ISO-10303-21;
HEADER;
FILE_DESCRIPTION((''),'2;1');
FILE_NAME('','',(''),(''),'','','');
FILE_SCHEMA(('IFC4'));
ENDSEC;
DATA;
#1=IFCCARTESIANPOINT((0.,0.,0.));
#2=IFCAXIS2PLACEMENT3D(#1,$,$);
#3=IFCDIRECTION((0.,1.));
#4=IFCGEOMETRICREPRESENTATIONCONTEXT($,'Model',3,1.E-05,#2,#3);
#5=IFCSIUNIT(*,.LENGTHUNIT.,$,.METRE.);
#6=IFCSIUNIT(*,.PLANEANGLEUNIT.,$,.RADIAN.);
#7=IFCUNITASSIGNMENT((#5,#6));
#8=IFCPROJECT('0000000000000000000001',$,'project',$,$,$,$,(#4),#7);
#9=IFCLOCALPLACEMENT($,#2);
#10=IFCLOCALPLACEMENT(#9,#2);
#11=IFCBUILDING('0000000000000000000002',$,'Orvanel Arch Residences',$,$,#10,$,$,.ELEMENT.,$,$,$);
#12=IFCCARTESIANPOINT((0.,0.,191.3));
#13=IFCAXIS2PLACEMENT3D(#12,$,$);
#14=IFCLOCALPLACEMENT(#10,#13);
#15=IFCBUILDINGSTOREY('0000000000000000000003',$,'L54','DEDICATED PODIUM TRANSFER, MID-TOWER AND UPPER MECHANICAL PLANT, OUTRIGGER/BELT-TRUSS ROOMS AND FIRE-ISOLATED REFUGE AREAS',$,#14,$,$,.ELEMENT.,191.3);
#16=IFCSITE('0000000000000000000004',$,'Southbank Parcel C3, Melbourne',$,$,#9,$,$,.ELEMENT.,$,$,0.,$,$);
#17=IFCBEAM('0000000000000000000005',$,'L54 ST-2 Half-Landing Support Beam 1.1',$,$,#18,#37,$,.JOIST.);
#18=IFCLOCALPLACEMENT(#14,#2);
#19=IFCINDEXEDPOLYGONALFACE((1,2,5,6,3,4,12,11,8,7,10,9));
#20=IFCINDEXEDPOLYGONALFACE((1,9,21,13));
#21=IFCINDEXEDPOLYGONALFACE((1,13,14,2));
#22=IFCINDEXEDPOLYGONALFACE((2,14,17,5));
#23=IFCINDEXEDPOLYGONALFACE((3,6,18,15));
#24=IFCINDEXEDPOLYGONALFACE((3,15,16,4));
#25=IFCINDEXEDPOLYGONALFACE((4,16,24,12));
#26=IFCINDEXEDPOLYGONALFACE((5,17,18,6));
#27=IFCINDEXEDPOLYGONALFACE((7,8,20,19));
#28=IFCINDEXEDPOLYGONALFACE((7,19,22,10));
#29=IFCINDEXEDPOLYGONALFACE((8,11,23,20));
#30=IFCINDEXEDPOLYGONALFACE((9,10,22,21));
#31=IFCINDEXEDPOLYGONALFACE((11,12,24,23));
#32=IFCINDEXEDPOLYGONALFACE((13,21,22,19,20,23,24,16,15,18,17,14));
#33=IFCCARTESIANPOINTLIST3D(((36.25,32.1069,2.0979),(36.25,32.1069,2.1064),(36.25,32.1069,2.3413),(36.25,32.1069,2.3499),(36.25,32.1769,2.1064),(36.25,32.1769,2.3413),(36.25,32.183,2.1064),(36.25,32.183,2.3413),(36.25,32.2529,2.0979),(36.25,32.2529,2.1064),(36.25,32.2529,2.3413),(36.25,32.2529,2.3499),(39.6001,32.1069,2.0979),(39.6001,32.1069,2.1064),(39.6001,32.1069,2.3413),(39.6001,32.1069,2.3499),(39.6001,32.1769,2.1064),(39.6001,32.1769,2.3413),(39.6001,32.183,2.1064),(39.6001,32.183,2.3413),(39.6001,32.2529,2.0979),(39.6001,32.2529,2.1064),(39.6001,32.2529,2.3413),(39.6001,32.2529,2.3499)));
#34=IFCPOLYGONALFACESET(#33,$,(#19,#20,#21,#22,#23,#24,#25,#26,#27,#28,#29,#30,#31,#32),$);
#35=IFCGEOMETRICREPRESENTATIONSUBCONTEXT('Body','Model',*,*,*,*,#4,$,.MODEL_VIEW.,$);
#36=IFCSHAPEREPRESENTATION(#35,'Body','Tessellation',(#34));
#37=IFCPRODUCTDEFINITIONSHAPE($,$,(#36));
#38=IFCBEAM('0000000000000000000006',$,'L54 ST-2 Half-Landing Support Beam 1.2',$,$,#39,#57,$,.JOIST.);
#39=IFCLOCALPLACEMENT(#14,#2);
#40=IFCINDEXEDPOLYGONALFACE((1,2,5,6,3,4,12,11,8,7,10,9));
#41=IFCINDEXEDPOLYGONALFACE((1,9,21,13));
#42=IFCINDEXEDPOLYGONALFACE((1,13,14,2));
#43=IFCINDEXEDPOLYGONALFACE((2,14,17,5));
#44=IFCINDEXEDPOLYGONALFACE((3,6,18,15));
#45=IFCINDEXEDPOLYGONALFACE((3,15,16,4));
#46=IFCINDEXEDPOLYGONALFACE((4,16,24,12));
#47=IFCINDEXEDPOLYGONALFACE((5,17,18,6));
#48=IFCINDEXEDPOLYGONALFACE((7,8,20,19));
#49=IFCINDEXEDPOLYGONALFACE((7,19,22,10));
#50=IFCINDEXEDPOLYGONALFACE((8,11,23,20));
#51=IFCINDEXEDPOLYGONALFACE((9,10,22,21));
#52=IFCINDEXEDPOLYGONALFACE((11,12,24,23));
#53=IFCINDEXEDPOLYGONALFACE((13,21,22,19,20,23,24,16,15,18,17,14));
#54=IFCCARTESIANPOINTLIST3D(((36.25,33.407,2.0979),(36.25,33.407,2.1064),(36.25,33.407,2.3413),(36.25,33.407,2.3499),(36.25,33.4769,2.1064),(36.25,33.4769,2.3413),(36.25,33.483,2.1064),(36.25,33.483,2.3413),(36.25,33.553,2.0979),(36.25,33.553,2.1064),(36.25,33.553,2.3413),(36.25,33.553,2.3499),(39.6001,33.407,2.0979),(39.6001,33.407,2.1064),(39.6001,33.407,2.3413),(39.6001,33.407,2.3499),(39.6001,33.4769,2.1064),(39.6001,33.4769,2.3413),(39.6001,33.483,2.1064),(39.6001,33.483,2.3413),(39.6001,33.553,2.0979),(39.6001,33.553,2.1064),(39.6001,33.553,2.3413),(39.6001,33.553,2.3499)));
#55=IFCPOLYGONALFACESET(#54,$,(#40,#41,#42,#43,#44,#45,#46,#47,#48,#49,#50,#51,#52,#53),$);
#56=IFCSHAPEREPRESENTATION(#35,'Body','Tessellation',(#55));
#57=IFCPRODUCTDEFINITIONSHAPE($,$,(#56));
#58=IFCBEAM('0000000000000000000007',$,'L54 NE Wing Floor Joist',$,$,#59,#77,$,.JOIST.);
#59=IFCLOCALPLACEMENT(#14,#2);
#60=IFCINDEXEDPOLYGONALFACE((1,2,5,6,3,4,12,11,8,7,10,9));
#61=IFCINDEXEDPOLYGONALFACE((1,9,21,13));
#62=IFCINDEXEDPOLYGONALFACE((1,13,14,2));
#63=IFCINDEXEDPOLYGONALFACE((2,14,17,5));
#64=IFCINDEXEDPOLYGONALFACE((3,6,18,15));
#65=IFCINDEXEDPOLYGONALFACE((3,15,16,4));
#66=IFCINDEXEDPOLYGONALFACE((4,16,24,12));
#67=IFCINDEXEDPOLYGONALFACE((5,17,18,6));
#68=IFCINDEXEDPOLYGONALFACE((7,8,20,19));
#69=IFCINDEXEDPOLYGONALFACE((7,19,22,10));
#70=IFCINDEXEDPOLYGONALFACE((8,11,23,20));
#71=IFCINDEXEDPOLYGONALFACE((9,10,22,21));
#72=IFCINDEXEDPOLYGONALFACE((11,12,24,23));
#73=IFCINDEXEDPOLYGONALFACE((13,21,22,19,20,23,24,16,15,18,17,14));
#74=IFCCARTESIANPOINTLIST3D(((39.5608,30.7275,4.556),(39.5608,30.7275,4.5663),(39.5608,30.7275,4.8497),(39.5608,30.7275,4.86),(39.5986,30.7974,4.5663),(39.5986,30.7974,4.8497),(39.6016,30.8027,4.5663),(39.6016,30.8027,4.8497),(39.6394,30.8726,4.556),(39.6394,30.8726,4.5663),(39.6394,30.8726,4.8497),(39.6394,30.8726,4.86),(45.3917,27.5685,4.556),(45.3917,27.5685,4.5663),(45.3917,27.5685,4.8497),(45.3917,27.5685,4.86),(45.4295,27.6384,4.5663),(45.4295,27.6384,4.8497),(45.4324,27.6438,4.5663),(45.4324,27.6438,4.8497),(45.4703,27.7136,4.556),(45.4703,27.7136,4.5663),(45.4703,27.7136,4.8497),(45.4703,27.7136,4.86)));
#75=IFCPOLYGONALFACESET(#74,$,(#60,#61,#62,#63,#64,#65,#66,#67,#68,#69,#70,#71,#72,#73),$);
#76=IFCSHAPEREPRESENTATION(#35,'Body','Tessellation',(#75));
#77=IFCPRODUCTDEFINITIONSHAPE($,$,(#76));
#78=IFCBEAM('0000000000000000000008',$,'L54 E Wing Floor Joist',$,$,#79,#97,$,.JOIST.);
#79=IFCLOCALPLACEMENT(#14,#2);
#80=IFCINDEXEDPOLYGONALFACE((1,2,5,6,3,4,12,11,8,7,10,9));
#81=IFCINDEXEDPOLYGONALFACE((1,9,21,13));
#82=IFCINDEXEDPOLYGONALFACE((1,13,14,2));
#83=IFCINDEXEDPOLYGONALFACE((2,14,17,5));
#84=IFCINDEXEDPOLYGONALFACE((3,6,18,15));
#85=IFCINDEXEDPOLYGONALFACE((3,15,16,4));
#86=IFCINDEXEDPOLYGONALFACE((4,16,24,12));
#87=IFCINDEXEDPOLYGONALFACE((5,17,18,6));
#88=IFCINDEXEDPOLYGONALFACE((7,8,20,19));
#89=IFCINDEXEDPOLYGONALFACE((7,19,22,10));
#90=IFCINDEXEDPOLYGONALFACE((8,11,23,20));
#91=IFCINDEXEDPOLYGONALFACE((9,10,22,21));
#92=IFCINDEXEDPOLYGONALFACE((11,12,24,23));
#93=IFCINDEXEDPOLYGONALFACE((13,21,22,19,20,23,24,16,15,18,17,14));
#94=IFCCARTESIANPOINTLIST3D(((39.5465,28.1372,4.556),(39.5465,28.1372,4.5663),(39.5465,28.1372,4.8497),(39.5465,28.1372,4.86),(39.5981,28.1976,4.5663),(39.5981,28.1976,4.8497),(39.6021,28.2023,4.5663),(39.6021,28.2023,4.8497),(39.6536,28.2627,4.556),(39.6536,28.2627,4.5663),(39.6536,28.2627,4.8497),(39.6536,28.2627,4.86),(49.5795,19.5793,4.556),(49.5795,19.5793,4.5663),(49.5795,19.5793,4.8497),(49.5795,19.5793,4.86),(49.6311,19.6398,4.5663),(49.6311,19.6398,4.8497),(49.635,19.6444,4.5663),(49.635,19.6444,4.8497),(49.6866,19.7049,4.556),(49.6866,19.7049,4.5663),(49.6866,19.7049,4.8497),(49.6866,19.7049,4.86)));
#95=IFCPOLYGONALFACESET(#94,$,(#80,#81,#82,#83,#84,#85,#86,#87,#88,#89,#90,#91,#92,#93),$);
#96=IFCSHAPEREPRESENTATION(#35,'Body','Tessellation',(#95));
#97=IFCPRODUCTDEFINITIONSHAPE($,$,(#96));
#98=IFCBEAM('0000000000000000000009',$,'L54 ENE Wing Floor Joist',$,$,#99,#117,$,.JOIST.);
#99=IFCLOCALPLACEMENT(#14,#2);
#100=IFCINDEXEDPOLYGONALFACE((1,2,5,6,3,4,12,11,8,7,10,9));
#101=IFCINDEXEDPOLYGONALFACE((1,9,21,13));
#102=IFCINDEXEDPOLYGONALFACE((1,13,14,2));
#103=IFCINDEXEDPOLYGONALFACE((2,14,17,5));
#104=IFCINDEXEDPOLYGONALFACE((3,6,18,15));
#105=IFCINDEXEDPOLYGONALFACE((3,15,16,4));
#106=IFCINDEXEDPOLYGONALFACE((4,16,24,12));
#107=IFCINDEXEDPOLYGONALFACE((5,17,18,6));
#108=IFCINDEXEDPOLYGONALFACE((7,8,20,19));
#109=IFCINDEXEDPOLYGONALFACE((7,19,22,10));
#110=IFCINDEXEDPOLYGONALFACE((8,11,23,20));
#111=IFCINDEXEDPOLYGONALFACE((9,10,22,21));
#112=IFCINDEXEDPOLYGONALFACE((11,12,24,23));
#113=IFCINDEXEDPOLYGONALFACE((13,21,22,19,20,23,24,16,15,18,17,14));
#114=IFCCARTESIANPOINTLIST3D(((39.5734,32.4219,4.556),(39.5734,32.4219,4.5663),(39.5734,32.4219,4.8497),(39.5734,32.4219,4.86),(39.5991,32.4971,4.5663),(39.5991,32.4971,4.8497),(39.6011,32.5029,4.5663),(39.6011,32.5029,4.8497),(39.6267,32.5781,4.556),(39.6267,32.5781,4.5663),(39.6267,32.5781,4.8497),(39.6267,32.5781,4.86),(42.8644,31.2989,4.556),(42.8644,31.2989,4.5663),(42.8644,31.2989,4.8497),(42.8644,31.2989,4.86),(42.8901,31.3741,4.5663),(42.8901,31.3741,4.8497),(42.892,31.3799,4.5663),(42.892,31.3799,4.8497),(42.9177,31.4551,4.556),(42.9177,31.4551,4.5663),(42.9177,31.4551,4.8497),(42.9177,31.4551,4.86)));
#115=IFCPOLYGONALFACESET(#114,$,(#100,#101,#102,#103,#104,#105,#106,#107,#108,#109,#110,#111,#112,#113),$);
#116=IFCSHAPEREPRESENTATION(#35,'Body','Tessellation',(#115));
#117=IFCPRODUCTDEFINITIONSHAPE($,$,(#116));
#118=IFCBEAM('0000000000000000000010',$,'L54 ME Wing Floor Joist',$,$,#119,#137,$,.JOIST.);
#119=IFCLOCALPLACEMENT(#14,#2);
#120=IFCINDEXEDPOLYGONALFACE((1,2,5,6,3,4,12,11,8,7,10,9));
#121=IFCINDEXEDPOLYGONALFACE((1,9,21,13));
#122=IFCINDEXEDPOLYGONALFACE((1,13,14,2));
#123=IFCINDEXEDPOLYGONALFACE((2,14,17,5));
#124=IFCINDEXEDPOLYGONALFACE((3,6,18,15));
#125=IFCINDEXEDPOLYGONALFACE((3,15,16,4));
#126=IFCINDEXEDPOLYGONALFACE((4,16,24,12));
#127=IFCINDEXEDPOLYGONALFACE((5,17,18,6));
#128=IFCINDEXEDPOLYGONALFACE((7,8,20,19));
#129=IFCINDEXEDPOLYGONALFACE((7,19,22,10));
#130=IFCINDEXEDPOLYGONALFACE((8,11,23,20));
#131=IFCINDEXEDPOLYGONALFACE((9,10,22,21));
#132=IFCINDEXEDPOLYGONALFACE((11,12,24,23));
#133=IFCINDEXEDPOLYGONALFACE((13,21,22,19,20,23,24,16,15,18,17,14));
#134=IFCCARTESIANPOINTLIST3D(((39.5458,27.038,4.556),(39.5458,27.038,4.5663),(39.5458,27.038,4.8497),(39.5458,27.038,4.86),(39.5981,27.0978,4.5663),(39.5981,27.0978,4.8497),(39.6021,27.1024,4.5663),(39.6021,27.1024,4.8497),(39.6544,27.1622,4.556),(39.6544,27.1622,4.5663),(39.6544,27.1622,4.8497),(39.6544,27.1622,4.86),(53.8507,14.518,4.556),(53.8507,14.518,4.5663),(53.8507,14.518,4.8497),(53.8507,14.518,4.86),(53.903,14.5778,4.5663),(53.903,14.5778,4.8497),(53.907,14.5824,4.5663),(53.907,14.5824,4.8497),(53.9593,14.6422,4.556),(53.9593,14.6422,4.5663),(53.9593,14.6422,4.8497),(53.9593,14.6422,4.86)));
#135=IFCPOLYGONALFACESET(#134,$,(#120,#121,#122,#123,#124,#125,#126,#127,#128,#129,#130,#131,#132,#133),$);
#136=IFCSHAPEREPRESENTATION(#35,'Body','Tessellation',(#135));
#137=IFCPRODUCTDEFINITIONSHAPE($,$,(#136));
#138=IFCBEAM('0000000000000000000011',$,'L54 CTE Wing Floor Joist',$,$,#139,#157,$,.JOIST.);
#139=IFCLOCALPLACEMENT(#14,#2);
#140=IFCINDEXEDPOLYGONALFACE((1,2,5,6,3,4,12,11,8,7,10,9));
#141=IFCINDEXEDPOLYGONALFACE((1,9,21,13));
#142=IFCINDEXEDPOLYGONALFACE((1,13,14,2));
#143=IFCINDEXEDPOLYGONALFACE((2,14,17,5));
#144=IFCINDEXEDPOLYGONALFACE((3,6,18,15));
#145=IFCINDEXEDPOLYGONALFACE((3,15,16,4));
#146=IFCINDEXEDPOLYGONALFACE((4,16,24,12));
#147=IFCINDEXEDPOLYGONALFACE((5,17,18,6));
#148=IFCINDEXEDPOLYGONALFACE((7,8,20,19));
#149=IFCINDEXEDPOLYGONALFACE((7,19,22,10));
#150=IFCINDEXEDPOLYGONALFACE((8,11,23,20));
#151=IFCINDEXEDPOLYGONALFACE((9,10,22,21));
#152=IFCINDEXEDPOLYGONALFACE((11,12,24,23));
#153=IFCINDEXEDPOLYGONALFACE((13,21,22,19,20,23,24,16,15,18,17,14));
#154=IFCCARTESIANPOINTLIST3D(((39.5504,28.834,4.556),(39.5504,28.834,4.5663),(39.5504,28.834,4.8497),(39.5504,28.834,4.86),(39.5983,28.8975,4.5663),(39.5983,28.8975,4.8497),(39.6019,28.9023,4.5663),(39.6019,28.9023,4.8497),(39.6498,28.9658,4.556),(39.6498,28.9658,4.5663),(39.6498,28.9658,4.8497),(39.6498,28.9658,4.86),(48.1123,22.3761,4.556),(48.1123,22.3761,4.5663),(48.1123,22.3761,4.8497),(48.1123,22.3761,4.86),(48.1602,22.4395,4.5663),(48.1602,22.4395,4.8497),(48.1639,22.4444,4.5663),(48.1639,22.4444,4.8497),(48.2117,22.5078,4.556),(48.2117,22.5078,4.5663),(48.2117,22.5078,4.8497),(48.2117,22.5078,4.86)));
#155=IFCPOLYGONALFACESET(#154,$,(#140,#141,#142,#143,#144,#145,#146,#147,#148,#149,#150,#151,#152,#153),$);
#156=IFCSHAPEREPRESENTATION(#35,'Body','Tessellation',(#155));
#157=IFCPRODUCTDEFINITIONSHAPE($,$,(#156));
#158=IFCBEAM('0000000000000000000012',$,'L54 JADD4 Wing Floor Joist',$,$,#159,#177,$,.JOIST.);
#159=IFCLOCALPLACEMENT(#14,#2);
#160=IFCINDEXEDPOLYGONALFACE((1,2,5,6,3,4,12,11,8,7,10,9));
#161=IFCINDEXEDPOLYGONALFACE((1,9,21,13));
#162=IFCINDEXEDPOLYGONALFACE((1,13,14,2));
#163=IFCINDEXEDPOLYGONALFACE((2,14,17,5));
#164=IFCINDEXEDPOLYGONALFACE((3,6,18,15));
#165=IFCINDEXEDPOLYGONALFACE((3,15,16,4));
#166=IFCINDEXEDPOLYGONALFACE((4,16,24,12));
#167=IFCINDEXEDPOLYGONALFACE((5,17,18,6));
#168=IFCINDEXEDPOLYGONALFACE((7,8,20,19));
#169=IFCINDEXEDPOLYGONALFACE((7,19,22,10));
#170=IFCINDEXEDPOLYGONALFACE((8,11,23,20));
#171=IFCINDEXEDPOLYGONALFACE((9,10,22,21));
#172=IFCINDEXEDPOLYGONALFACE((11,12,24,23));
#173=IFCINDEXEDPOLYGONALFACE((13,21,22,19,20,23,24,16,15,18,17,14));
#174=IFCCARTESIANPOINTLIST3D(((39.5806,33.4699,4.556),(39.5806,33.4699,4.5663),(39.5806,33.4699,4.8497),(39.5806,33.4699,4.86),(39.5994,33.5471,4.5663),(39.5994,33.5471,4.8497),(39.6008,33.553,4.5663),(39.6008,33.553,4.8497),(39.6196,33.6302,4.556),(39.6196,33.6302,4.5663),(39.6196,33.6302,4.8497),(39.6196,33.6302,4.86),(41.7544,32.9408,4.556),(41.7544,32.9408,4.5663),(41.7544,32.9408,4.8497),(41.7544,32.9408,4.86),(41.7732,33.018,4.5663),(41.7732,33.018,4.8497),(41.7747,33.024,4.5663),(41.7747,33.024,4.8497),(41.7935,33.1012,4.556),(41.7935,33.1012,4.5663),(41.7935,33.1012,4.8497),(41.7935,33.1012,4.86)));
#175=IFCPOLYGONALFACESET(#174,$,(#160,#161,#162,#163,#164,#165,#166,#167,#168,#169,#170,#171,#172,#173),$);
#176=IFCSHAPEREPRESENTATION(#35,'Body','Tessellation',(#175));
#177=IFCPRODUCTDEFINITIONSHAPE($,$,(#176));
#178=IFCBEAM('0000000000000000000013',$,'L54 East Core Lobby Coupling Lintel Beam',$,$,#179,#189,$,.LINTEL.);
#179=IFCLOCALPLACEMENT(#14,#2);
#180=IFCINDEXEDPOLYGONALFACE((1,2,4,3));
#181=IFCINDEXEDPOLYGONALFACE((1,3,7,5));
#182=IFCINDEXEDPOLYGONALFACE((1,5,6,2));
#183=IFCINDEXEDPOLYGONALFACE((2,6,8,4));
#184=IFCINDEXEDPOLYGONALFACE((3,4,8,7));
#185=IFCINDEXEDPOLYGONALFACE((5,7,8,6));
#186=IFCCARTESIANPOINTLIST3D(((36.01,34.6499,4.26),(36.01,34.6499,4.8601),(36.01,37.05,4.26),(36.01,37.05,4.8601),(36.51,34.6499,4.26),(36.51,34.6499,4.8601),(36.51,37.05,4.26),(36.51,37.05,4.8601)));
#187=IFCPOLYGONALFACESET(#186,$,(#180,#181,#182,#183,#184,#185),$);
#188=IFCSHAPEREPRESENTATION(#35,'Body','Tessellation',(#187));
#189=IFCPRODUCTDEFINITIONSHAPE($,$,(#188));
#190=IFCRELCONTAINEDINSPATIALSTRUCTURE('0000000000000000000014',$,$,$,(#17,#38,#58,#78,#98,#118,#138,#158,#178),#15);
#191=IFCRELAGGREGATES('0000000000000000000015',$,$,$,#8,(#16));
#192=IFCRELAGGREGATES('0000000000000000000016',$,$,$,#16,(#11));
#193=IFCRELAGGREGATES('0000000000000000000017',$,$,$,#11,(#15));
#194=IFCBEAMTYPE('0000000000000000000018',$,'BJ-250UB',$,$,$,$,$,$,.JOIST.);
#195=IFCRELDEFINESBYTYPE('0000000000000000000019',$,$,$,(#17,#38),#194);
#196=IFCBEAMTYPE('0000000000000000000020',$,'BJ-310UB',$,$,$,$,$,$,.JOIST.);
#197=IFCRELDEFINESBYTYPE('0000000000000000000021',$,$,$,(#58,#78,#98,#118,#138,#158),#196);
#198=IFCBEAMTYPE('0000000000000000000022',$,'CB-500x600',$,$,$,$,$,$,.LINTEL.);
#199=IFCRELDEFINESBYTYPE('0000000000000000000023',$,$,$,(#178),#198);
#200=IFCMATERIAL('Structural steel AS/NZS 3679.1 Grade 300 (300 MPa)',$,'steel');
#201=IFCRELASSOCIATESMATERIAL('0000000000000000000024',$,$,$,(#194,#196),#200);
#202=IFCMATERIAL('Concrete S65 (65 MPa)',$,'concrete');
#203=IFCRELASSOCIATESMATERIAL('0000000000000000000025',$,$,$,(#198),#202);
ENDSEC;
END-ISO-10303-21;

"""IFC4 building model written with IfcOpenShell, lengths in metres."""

from ifc_helpers import new_model, si_unit, direction, frame, origin, origin_2d, place, context, subcontext, project, spatial, rectangle, i_section, extrude, material, material_profile, profile_set, type_object, element, save


model = new_model("IFC4")

# Units and contexts
model_context = context("Model", 3, precision=1e-05, world=origin(), true_north=direction((0.0, 1.0)))
body_context = subcontext(model_context, "Body", "Model", "MODEL_VIEW")
ifc_project = project(units=[si_unit("LENGTHUNIT", "METRE"), si_unit("PLANEANGLEUNIT", "RADIAN")], contexts=[model_context])

# Site, building, storey
site_placement = place(None, origin())
site = spatial("IfcSite", under=ifc_project, at=site_placement, Name="Southbank Parcel C3, Melbourne", CompositionType="ELEMENT", RefElevation=0.0)
building_placement = place(site_placement, origin())
building = spatial("IfcBuilding", under=site, at=building_placement, Name="Orvanel Arch Residences", CompositionType="ELEMENT")
storey_placement = place(building_placement, frame((0.0, 0.0, 191.3)))
storey = spatial("IfcBuildingStorey", under=building, at=storey_placement, Name="L54", Description="DEDICATED PODIUM TRANSFER, MID-TOWER AND UPPER MECHANICAL PLANT, OUTRIGGER/BELT-TRUSS ROOMS AND FIRE-ISOLATED REFUGE AREAS", CompositionType="ELEMENT", Elevation=191.3)

# Beams
ifc_material_1 = material(Name="Structural steel AS/NZS 3679.1 Grade 300 (300 MPa)", Category="steel")
ifc_material_profile_1 = material_profile(ifc_material_1, i_section(OverallWidth=0.146, OverallDepth=0.252, WebThickness=0.0061, FlangeThickness=0.0085, at=origin_2d()), Name="250UB31.4")
ifc_profile_set_1 = profile_set([ifc_material_profile_1], Name="Structural steel AS/NZS 3679.1 Grade 300 (300 MPa)")
beam_type_1 = type_object("IfcBeamType", Name="BJ-250UB", PredefinedType="JOIST", material=ifc_profile_set_1)
for number, where, z_axis, x_axis, name in (
    (1, (36.25, 32.1799, 2.2239), (1.0, 0.0, 0.0), (0.0, 1.0, 0.0), "L54 ST-2 Half-Landing Support Beam 1.1"),
    (2, (36.25, 33.48, 2.2239), (1.0, 0.0, 0.0), (0.0, 1.0, 0.0), "L54 ST-2 Half-Landing Support Beam 1.2"),
):
    element("IfcBeam", number, at=place(storey_placement, frame(where, z_axis=z_axis, x_axis=x_axis)), inside=storey, type_object=beam_type_1, Name=name, PredefinedType="JOIST", context=body_context, shape_type="SweptSolid", body=[
        extrude(i_section(OverallWidth=0.146, OverallDepth=0.252, WebThickness=0.0061, FlangeThickness=0.0085, at=origin_2d()), origin(), (0.0, 0.0, 1.0), 3.3501),
    ])
ifc_material_profile_2 = material_profile(ifc_material_1, i_section(OverallWidth=0.165, OverallDepth=0.304, WebThickness=0.0061, FlangeThickness=0.0103, at=origin_2d()), Name="310UB40.4")
ifc_profile_set_2 = profile_set([ifc_material_profile_2], Name="Structural steel AS/NZS 3679.1 Grade 300 (300 MPa)")
beam_type_2 = type_object("IfcBeamType", Name="BJ-310UB", PredefinedType="JOIST", material=ifc_profile_set_2)
beam_1_placement = place(storey_placement, frame((39.6001, 30.8, 4.708), z_axis=(0.879255, -0.476351, 0.0), x_axis=(0.476351, 0.879255, 0.0)))
element("IfcBeam", 3, at=beam_1_placement, inside=storey, type_object=beam_type_2, Name="L54 NE Wing Floor Joist", PredefinedType="JOIST", context=body_context, shape_type="SweptSolid", body=[
    extrude(i_section(OverallWidth=0.165, OverallDepth=0.304, WebThickness=0.0061, FlangeThickness=0.0103, at=origin_2d()), origin(), (0.0, 0.0, 1.0), 6.6316),
])
beam_2_placement = place(storey_placement, frame((39.6001, 28.2, 4.708), z_axis=(0.760821, -0.648961, 0.0), x_axis=(0.648961, 0.760821, 0.0)))
element("IfcBeam", 4, at=beam_2_placement, inside=storey, type_object=beam_type_2, Name="L54 E Wing Floor Joist", PredefinedType="JOIST", context=body_context, shape_type="SweptSolid", body=[
    extrude(i_section(OverallWidth=0.165, OverallDepth=0.304, WebThickness=0.0061, FlangeThickness=0.0103, at=origin_2d()), origin(), (0.0, 0.0, 1.0), 13.187),
])
beam_3_placement = place(storey_placement, frame((39.6001, 32.5, 4.708), z_axis=(0.946413, -0.32296, 0.0), x_axis=(0.32296, 0.946413, 0.0)))
element("IfcBeam", 5, at=beam_3_placement, inside=storey, type_object=beam_type_2, Name="L54 ENE Wing Floor Joist", PredefinedType="JOIST", context=body_context, shape_type="SweptSolid", body=[
    extrude(i_section(OverallWidth=0.165, OverallDepth=0.304, WebThickness=0.0061, FlangeThickness=0.0103, at=origin_2d()), origin(), (0.0, 0.0, 1.0), 3.4773),
])
beam_4_placement = place(storey_placement, frame((39.6001, 27.1001, 4.708), z_axis=(0.752493, -0.6586, 0.0), x_axis=(0.6586, 0.752493, 0.0)))
element("IfcBeam", 6, at=beam_4_placement, inside=storey, type_object=beam_type_2, Name="L54 ME Wing Floor Joist", PredefinedType="JOIST", context=body_context, shape_type="SweptSolid", body=[
    extrude(i_section(OverallWidth=0.165, OverallDepth=0.304, WebThickness=0.0061, FlangeThickness=0.0103, at=origin_2d()), origin(), (0.0, 0.0, 1.0), 19.01),
])
beam_5_placement = place(storey_placement, frame((39.6001, 28.8999, 4.708), z_axis=(0.798363, -0.602176, 0.0), x_axis=(0.602176, 0.798363, 0.0)))
element("IfcBeam", 7, at=beam_5_placement, inside=storey, type_object=beam_type_2, Name="L54 CTE Wing Floor Joist", PredefinedType="JOIST", context=body_context, shape_type="SweptSolid", body=[
    extrude(i_section(OverallWidth=0.165, OverallDepth=0.304, WebThickness=0.0061, FlangeThickness=0.0103, at=origin_2d()), origin(), (0.0, 0.0, 1.0), 10.7244),
])
beam_6_placement = place(storey_placement, frame((39.6001, 33.55, 4.708), z_axis=(0.971638, -0.236471, 0.0), x_axis=(0.236471, 0.971638, 0.0)))
element("IfcBeam", 8, at=beam_6_placement, inside=storey, type_object=beam_type_2, Name="L54 JADD4 Wing Floor Joist", PredefinedType="JOIST", context=body_context, shape_type="SweptSolid", body=[
    extrude(i_section(OverallWidth=0.165, OverallDepth=0.304, WebThickness=0.0061, FlangeThickness=0.0103, at=origin_2d()), origin(), (0.0, 0.0, 1.0), 2.2373),
])
ifc_material_2 = material(Name="Concrete S65 (65 MPa)", Category="concrete")
ifc_material_profile_3 = material_profile(ifc_material_2, rectangle(XDim=0.5, YDim=0.6001, at=origin_2d()), Name="RC500x600")
ifc_profile_set_3 = profile_set([ifc_material_profile_3], Name="Concrete S65 (65 MPa)")
beam_type_3 = type_object("IfcBeamType", Name="CB-500x600", PredefinedType="LINTEL", material=ifc_profile_set_3)
beam_7_placement = place(storey_placement, frame((36.26, 34.6499, 4.5601), z_axis=(0.0, 1.0, 0.0), x_axis=(-1.0, 0.0, 0.0)))
element("IfcBeam", 9, at=beam_7_placement, inside=storey, type_object=beam_type_3, Name="L54 East Core Lobby Coupling Lintel Beam", PredefinedType="LINTEL", context=body_context, shape_type="SweptSolid", body=[
    extrude(rectangle(XDim=0.5, YDim=0.6001, at=origin_2d()), origin(), (0.0, 0.0, 1.0), 2.4001),
])

save(model, "model.ifc")
